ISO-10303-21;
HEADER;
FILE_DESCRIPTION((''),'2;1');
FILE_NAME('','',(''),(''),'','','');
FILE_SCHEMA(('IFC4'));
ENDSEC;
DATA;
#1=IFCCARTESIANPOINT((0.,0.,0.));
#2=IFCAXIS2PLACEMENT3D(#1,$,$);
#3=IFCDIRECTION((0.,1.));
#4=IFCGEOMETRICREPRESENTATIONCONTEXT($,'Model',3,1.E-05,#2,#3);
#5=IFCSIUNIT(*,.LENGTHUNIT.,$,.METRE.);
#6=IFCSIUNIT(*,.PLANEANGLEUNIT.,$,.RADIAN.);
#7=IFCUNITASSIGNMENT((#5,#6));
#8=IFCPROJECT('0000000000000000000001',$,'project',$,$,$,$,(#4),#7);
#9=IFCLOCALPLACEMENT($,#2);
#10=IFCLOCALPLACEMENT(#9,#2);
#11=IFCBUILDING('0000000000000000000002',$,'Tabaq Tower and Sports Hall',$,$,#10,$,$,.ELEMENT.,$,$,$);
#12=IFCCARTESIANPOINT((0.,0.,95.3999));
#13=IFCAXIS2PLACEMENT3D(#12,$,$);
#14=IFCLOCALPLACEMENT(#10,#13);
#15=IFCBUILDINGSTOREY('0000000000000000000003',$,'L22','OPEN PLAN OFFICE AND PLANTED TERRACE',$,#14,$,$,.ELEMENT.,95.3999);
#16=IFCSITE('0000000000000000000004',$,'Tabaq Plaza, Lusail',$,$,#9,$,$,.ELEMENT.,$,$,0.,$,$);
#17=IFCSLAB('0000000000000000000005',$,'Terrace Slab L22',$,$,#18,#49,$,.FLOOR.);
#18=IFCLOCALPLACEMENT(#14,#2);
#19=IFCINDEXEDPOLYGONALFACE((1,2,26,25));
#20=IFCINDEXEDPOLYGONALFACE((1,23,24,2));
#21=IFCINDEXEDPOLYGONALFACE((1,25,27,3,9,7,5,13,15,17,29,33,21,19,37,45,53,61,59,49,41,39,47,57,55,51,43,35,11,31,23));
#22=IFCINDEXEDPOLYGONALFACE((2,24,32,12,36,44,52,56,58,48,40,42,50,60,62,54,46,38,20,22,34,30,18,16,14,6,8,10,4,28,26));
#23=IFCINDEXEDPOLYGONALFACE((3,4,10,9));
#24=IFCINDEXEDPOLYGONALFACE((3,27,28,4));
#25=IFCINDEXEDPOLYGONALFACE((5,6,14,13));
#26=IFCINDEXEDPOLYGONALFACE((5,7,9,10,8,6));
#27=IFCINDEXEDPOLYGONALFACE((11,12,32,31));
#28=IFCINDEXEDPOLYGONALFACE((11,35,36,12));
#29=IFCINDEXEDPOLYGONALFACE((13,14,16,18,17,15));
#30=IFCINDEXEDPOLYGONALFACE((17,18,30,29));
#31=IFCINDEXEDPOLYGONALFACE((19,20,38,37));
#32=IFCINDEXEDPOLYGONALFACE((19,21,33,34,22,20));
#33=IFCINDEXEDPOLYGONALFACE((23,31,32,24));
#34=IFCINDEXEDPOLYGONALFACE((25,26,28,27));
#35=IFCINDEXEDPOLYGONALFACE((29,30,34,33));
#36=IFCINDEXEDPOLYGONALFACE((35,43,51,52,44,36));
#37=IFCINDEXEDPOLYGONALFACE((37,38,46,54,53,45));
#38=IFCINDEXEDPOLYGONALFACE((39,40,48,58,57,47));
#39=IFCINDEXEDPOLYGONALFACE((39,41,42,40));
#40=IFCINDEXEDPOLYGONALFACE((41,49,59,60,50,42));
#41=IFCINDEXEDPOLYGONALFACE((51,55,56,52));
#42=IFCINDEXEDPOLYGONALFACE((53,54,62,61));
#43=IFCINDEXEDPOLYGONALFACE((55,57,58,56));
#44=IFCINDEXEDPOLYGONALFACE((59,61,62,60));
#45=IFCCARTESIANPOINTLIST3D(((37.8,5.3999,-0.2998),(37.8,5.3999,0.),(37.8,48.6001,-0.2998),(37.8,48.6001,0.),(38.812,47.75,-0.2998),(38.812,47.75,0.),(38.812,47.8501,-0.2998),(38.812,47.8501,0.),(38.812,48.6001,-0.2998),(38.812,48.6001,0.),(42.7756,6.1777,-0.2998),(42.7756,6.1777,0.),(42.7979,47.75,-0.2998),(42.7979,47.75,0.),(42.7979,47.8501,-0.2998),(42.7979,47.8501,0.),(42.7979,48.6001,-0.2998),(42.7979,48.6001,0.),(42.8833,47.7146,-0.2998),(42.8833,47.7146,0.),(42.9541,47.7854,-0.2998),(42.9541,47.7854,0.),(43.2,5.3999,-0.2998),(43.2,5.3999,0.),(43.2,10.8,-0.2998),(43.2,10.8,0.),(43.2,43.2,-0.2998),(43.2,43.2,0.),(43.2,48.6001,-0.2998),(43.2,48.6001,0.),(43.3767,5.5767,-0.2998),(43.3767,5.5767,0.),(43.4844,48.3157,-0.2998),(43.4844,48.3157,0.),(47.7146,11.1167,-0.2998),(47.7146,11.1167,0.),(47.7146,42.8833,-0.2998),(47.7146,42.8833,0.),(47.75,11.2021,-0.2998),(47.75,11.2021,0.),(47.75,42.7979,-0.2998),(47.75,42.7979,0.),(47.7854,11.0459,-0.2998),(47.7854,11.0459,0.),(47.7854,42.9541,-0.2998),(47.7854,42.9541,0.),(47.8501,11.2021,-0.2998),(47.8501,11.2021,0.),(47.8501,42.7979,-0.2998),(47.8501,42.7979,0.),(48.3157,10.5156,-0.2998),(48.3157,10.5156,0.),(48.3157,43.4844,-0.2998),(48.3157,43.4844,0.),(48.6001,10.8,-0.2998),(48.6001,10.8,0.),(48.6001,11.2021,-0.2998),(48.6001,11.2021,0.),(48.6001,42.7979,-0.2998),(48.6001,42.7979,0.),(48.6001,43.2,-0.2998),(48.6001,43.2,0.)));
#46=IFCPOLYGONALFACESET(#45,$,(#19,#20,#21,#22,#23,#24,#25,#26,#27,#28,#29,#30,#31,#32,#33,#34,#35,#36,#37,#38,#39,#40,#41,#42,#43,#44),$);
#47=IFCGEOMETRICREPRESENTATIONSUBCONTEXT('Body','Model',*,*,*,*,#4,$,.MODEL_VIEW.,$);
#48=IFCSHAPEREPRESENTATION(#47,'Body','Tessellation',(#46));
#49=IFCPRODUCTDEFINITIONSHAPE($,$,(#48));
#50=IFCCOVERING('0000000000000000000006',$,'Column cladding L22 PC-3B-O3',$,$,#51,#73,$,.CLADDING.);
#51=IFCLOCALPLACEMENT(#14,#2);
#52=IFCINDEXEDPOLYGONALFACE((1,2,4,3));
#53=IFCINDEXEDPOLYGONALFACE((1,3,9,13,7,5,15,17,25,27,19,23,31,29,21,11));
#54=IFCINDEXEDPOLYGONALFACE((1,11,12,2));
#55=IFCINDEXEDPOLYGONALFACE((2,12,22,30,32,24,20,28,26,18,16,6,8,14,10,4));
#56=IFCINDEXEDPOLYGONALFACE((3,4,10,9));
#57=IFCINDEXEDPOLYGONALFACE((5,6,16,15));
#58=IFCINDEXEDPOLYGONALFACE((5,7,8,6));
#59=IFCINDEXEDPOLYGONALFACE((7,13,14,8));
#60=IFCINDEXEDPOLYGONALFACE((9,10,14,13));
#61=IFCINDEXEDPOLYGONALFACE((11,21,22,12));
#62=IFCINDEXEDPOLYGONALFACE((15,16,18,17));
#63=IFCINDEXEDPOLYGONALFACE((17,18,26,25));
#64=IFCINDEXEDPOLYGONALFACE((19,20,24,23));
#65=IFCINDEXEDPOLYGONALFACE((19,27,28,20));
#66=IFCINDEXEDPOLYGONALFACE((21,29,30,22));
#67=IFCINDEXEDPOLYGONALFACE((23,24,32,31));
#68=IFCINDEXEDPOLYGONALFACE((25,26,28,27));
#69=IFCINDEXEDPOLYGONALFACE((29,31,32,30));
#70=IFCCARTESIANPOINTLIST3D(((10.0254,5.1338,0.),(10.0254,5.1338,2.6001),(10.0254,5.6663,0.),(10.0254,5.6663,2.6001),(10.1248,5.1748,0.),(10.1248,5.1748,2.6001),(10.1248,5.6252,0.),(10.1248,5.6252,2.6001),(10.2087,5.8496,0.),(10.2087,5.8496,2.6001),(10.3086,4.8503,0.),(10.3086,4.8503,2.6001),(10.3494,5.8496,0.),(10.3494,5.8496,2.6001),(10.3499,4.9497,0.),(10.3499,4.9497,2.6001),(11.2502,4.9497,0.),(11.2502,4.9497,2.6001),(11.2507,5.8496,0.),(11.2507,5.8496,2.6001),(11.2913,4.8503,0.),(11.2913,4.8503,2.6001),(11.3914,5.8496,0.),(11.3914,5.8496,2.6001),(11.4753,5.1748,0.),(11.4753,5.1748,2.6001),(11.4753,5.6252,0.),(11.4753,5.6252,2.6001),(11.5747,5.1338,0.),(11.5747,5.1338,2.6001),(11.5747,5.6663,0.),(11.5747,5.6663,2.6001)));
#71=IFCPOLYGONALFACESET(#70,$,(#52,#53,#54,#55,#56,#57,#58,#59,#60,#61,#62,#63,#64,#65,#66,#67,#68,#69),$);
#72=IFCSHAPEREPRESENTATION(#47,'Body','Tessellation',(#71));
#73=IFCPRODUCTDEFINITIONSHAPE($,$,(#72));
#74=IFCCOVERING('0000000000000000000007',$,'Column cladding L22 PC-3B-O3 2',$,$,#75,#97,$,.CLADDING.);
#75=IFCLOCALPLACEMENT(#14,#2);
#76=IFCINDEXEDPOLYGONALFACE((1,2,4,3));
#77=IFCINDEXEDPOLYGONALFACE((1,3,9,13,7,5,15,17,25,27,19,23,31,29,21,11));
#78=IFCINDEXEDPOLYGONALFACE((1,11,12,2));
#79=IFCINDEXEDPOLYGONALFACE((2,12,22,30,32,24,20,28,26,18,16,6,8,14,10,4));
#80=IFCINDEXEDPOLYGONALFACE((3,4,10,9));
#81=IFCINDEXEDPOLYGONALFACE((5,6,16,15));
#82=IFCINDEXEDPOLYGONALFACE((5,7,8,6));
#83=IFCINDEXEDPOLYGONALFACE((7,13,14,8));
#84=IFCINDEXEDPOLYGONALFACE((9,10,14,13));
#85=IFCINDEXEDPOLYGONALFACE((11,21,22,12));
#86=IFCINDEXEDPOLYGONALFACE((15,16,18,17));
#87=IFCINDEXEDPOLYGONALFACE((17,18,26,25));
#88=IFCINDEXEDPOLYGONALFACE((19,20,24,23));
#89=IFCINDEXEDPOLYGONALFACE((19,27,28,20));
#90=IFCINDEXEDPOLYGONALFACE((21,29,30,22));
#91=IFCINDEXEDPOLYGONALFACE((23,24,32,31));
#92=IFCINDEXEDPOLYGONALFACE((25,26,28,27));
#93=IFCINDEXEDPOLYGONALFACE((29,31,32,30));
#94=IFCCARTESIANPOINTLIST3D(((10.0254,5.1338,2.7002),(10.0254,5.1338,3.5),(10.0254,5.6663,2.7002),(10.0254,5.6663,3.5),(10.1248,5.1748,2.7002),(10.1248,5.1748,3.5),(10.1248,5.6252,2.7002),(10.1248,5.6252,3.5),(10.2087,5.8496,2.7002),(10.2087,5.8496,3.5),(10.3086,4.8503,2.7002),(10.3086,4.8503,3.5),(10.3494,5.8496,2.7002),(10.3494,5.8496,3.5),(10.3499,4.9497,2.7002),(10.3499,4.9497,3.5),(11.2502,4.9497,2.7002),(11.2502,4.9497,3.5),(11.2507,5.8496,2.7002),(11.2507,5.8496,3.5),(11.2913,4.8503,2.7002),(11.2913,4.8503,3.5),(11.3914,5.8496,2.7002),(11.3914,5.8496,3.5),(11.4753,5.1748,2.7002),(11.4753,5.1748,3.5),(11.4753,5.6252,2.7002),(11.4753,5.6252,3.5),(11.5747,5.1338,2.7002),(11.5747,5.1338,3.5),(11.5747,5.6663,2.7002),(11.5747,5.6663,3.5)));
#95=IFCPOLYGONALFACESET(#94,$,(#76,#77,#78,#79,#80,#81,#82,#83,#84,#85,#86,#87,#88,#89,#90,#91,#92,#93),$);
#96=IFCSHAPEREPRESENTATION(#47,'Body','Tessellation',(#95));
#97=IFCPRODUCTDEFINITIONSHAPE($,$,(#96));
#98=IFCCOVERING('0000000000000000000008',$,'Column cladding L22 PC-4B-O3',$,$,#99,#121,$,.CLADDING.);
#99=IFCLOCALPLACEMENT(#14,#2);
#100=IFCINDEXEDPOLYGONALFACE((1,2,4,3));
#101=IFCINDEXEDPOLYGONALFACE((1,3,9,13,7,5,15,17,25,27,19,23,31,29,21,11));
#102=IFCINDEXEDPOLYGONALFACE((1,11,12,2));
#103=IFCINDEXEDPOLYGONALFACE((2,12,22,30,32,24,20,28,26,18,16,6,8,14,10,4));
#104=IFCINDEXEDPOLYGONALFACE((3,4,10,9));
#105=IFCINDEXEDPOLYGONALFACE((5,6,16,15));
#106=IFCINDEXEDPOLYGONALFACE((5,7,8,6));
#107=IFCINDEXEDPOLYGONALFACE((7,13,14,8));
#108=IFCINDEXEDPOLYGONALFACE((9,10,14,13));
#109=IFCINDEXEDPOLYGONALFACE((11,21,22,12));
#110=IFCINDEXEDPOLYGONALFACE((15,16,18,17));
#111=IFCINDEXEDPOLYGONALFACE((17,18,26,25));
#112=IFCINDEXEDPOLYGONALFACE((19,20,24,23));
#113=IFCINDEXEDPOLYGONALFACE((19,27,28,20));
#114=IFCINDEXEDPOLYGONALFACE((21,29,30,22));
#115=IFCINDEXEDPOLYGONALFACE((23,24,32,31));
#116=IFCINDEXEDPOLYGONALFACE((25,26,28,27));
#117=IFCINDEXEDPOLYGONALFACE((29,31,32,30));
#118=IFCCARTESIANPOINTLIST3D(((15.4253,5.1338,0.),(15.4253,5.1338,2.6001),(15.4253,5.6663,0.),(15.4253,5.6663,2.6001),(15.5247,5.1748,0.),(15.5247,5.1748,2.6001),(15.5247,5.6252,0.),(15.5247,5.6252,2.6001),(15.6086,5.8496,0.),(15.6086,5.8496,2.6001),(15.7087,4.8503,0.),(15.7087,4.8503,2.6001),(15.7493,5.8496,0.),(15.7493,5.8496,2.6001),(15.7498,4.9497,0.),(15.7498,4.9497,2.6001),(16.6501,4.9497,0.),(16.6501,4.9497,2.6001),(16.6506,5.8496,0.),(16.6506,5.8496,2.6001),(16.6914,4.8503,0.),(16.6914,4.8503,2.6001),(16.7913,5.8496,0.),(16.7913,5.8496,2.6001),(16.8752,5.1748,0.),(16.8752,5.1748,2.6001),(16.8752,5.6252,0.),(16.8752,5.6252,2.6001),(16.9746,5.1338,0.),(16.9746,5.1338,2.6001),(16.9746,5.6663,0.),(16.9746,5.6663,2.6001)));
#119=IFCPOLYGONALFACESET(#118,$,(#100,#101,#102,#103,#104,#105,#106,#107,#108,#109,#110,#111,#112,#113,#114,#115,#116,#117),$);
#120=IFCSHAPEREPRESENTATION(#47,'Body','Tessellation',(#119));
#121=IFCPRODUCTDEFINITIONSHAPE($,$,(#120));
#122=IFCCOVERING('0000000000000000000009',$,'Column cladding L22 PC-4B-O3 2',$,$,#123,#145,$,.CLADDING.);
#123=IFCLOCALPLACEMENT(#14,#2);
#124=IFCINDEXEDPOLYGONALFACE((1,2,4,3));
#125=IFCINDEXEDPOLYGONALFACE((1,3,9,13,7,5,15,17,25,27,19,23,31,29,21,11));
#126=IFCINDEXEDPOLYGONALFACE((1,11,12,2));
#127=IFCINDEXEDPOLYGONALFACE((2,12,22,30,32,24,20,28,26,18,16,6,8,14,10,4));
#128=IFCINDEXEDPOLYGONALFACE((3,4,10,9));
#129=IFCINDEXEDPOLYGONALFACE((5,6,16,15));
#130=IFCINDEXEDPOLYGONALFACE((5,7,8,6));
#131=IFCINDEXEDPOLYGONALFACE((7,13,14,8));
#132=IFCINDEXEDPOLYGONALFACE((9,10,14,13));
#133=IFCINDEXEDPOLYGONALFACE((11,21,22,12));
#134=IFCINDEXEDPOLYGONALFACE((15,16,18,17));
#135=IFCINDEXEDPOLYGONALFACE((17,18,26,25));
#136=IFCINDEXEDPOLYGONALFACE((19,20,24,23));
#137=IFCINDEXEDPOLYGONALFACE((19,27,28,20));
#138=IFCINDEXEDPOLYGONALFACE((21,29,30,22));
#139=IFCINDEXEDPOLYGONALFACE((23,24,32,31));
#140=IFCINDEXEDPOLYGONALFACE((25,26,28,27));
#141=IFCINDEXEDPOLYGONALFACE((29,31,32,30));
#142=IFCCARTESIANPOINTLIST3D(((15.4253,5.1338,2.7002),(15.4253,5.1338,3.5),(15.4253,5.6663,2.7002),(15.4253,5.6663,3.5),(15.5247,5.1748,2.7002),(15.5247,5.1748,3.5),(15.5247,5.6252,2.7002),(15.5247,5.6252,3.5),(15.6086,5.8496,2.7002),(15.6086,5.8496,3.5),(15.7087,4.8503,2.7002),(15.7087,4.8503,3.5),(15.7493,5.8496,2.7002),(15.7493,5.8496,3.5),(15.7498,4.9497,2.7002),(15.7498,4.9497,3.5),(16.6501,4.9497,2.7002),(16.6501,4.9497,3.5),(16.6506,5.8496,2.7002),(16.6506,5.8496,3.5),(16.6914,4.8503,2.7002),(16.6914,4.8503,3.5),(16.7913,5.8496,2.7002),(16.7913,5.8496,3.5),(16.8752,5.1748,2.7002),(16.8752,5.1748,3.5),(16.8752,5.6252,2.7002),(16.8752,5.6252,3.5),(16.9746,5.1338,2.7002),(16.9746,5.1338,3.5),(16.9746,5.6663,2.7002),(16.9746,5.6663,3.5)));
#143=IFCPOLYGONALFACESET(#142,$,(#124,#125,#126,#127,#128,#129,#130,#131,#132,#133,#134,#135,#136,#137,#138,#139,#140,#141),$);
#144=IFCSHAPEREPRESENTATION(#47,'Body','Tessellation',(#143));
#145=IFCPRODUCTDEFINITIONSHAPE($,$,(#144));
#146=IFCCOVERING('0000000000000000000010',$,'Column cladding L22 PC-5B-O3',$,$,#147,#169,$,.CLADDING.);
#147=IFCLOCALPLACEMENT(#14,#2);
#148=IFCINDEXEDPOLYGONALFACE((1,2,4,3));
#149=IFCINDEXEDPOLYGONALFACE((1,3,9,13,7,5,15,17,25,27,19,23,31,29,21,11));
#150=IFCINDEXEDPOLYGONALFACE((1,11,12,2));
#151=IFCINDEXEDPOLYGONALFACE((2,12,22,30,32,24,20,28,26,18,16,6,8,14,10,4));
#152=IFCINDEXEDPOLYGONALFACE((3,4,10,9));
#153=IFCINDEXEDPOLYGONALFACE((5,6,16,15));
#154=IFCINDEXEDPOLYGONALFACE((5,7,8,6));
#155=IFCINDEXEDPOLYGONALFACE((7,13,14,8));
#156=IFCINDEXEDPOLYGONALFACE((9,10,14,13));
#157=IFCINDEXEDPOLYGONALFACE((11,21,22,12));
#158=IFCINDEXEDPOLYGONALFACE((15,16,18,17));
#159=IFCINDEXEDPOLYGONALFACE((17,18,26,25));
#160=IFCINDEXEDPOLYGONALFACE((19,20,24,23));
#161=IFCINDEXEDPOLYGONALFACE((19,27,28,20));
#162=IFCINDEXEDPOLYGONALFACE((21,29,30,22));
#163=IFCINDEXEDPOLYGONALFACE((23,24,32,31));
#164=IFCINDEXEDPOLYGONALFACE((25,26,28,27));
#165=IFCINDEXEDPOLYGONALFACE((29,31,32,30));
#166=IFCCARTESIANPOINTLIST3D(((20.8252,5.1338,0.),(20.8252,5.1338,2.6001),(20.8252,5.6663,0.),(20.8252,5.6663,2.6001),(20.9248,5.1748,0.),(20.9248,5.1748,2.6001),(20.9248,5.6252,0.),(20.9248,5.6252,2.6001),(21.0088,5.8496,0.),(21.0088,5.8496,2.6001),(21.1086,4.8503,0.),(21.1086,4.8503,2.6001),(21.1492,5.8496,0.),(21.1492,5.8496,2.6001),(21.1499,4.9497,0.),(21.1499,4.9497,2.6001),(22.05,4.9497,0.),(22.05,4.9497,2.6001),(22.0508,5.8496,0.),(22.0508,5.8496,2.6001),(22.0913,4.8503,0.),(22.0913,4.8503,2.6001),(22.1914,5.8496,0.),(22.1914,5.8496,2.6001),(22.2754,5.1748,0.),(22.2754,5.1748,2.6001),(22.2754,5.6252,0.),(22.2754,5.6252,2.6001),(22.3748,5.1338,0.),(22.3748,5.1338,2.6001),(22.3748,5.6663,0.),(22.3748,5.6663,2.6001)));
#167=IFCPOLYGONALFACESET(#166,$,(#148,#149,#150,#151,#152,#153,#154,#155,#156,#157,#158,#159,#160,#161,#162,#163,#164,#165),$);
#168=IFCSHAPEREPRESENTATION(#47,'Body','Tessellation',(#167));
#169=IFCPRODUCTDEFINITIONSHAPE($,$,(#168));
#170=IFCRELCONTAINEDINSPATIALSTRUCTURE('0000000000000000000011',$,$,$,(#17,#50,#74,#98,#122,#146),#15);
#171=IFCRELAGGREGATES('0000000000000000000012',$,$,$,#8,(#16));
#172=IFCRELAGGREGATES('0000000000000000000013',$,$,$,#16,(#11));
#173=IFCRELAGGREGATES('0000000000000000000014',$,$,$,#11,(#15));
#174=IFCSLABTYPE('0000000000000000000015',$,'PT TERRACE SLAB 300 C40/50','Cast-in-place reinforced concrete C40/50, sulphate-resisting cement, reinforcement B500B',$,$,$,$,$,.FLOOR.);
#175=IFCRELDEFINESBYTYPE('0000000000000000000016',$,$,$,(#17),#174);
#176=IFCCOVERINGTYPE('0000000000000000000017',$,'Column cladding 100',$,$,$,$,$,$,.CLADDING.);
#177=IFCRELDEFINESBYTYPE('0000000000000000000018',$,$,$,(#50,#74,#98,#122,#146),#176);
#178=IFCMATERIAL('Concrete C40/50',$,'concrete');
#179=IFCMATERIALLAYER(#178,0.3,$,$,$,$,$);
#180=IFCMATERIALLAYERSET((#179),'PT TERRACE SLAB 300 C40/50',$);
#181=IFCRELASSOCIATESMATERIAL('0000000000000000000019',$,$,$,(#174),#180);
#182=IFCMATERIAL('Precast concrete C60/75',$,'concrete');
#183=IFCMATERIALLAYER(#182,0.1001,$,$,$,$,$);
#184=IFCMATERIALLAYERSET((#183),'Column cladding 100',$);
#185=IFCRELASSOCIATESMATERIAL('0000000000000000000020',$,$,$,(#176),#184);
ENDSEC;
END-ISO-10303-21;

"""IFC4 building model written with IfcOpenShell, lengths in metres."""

from ifc_helpers import new_model, si_unit, direction, frame, origin, place, context, subcontext, project, spatial, polyline, outline, extrude, material, layer, layer_set, type_object, element, save


model = new_model("IFC4")

# Units and contexts
model_context = context("Model", 3, precision=1e-05, world=origin(), true_north=direction((0.0, 1.0)))
body_context = subcontext(model_context, "Body", "Model", "MODEL_VIEW")
ifc_project = project(units=[si_unit("LENGTHUNIT", "METRE"), si_unit("PLANEANGLEUNIT", "RADIAN")], contexts=[model_context])

# Site, building, storey
site_placement = place(None, origin())
site = spatial("IfcSite", under=ifc_project, at=site_placement, Name="Tabaq Plaza, Lusail", CompositionType="ELEMENT", RefElevation=0.0)
building_placement = place(site_placement, origin())
building = spatial("IfcBuilding", under=site, at=building_placement, Name="Tabaq Tower and Sports Hall", CompositionType="ELEMENT")
storey_placement = place(building_placement, frame((0.0, 0.0, 95.3999)))
storey = spatial("IfcBuildingStorey", under=building, at=storey_placement, Name="L22", Description="OPEN PLAN OFFICE AND PLANTED TERRACE", CompositionType="ELEMENT", Elevation=95.3999)

# Slab
ifc_material_1 = material(Name="Concrete C40/50", Category="concrete")
ifc_layer_1 = layer(ifc_material_1, 0.3)
ifc_layer_set_1 = layer_set([ifc_layer_1], Name="PT TERRACE SLAB 300 C40/50")
slab_type_1 = type_object("IfcSlabType", Name="PT TERRACE SLAB 300 C40/50", Description="Cast-in-place reinforced concrete C40/50, sulphate-resisting cement, reinforcement B500B", PredefinedType="FLOOR", material=ifc_layer_set_1)
slab_1_placement = place(storey_placement, frame((0.0, 0.0, -0.2998)))
element("IfcSlab", 1, at=slab_1_placement, inside=storey, type_object=slab_type_1, Name="Terrace Slab L22", PredefinedType="FLOOR", context=body_context, shape_type="SweptSolid", body=[
    extrude(outline(polyline([(48.6001, 42.7979), (48.6001, 43.2), (48.3157, 43.4844), (47.7854, 42.9541), (47.7146, 42.8833), (42.8833, 47.7146), (42.9541, 47.7854), (43.4844, 48.3157), (43.2, 48.6001), (42.7979, 48.6001), (42.7979, 47.8501), (42.7979, 47.75), (38.812, 47.75), (38.812, 47.8501), (38.812, 48.6001), (37.8, 48.6001), (43.2, 43.2), (43.2, 10.8), (37.8, 5.3999), (43.2, 5.3999), (43.3767, 5.5767), (42.7756, 6.1777), (47.7146, 11.1167), (47.7854, 11.0459), (47.7854, 11.0459), (48.3157, 10.5156), (48.6001, 10.8), (48.6001, 11.2021), (47.8501, 11.2021), (47.75, 11.2021), (47.75, 42.7979), (47.8501, 42.7979), (48.6001, 42.7979)])), origin(), (0.0, 0.0, 1.0), 0.2998),
])

# Coverings
ifc_material_2 = material(Name="Precast concrete C60/75", Category="concrete")
ifc_layer_2 = layer(ifc_material_2, 0.1001)
ifc_layer_set_2 = layer_set([ifc_layer_2], Name="Column cladding 100")
covering_type_1 = type_object("IfcCoveringType", Name="Column cladding 100", PredefinedType="CLADDING", material=ifc_layer_set_2)
covering_1_placement = place(storey_placement, origin())
element("IfcCovering", 2, at=covering_1_placement, inside=storey, type_object=covering_type_1, Name="Column cladding L22 PC-3B-O3", PredefinedType="CLADDING", context=body_context, shape_type="SweptSolid", body=[
    extrude(outline(polyline([(10.0254, 5.6663), (10.2087, 5.8496), (10.3494, 5.8496), (10.1248, 5.6252), (10.1248, 5.1748), (10.3499, 4.9497), (11.2502, 4.9497), (11.4753, 5.1748), (11.4753, 5.6252), (11.2507, 5.8496), (11.3914, 5.8496), (11.5747, 5.6663), (11.5747, 5.1338), (11.2913, 4.8503), (10.3086, 4.8503), (10.0254, 5.1338), (10.0254, 5.6663)])), origin(), (0.0, 0.0, 1.0), 2.6001),
])
covering_2_placement = place(storey_placement, frame((0.0, 0.0, 2.7002)))
element("IfcCovering", 3, at=covering_2_placement, inside=storey, type_object=covering_type_1, Name="Column cladding L22 PC-3B-O3 2", PredefinedType="CLADDING", context=body_context, shape_type="SweptSolid", body=[
    extrude(outline(polyline([(10.0254, 5.6663), (10.2087, 5.8496), (10.3494, 5.8496), (10.1248, 5.6252), (10.1248, 5.1748), (10.3499, 4.9497), (11.2502, 4.9497), (11.4753, 5.1748), (11.4753, 5.6252), (11.2507, 5.8496), (11.3914, 5.8496), (11.5747, 5.6663), (11.5747, 5.1338), (11.2913, 4.8503), (10.3086, 4.8503), (10.0254, 5.1338), (10.0254, 5.6663)])), origin(), (0.0, 0.0, 1.0), 0.7998),
])
covering_3_placement = place(storey_placement, origin())
element("IfcCovering", 4, at=covering_3_placement, inside=storey, type_object=covering_type_1, Name="Column cladding L22 PC-4B-O3", PredefinedType="CLADDING", context=body_context, shape_type="SweptSolid", body=[
    extrude(outline(polyline([(15.4253, 5.6663), (15.6086, 5.8496), (15.7493, 5.8496), (15.5247, 5.6252), (15.5247, 5.1748), (15.7498, 4.9497), (16.6501, 4.9497), (16.8752, 5.1748), (16.8752, 5.6252), (16.6506, 5.8496), (16.7913, 5.8496), (16.9746, 5.6663), (16.9746, 5.1338), (16.6914, 4.8503), (15.7087, 4.8503), (15.4253, 5.1338), (15.4253, 5.6663)])), origin(), (0.0, 0.0, 1.0), 2.6001),
])
covering_4_placement = place(storey_placement, frame((0.0, 0.0, 2.7002)))
element("IfcCovering", 5, at=covering_4_placement, inside=storey, type_object=covering_type_1, Name="Column cladding L22 PC-4B-O3 2", PredefinedType="CLADDING", context=body_context, shape_type="SweptSolid", body=[
    extrude(outline(polyline([(15.4253, 5.6663), (15.6086, 5.8496), (15.7493, 5.8496), (15.5247, 5.6252), (15.5247, 5.1748), (15.7498, 4.9497), (16.6501, 4.9497), (16.8752, 5.1748), (16.8752, 5.6252), (16.6506, 5.8496), (16.7913, 5.8496), (16.9746, 5.6663), (16.9746, 5.1338), (16.6914, 4.8503), (15.7087, 4.8503), (15.4253, 5.1338), (15.4253, 5.6663)])), origin(), (0.0, 0.0, 1.0), 0.7998),
])
covering_5_placement = place(storey_placement, origin())
element("IfcCovering", 6, at=covering_5_placement, inside=storey, type_object=covering_type_1, Name="Column cladding L22 PC-5B-O3", PredefinedType="CLADDING", context=body_context, shape_type="SweptSolid", body=[
    extrude(outline(polyline([(20.8252, 5.6663), (21.0088, 5.8496), (21.1492, 5.8496), (20.9248, 5.6252), (20.9248, 5.1748), (21.1499, 4.9497), (22.05, 4.9497), (22.2754, 5.1748), (22.2754, 5.6252), (22.0508, 5.8496), (22.1914, 5.8496), (22.3748, 5.6663), (22.3748, 5.1338), (22.0913, 4.8503), (21.1086, 4.8503), (20.8252, 5.1338), (20.8252, 5.6663)])), origin(), (0.0, 0.0, 1.0), 2.6001),
])

save(model, "model.ifc")
